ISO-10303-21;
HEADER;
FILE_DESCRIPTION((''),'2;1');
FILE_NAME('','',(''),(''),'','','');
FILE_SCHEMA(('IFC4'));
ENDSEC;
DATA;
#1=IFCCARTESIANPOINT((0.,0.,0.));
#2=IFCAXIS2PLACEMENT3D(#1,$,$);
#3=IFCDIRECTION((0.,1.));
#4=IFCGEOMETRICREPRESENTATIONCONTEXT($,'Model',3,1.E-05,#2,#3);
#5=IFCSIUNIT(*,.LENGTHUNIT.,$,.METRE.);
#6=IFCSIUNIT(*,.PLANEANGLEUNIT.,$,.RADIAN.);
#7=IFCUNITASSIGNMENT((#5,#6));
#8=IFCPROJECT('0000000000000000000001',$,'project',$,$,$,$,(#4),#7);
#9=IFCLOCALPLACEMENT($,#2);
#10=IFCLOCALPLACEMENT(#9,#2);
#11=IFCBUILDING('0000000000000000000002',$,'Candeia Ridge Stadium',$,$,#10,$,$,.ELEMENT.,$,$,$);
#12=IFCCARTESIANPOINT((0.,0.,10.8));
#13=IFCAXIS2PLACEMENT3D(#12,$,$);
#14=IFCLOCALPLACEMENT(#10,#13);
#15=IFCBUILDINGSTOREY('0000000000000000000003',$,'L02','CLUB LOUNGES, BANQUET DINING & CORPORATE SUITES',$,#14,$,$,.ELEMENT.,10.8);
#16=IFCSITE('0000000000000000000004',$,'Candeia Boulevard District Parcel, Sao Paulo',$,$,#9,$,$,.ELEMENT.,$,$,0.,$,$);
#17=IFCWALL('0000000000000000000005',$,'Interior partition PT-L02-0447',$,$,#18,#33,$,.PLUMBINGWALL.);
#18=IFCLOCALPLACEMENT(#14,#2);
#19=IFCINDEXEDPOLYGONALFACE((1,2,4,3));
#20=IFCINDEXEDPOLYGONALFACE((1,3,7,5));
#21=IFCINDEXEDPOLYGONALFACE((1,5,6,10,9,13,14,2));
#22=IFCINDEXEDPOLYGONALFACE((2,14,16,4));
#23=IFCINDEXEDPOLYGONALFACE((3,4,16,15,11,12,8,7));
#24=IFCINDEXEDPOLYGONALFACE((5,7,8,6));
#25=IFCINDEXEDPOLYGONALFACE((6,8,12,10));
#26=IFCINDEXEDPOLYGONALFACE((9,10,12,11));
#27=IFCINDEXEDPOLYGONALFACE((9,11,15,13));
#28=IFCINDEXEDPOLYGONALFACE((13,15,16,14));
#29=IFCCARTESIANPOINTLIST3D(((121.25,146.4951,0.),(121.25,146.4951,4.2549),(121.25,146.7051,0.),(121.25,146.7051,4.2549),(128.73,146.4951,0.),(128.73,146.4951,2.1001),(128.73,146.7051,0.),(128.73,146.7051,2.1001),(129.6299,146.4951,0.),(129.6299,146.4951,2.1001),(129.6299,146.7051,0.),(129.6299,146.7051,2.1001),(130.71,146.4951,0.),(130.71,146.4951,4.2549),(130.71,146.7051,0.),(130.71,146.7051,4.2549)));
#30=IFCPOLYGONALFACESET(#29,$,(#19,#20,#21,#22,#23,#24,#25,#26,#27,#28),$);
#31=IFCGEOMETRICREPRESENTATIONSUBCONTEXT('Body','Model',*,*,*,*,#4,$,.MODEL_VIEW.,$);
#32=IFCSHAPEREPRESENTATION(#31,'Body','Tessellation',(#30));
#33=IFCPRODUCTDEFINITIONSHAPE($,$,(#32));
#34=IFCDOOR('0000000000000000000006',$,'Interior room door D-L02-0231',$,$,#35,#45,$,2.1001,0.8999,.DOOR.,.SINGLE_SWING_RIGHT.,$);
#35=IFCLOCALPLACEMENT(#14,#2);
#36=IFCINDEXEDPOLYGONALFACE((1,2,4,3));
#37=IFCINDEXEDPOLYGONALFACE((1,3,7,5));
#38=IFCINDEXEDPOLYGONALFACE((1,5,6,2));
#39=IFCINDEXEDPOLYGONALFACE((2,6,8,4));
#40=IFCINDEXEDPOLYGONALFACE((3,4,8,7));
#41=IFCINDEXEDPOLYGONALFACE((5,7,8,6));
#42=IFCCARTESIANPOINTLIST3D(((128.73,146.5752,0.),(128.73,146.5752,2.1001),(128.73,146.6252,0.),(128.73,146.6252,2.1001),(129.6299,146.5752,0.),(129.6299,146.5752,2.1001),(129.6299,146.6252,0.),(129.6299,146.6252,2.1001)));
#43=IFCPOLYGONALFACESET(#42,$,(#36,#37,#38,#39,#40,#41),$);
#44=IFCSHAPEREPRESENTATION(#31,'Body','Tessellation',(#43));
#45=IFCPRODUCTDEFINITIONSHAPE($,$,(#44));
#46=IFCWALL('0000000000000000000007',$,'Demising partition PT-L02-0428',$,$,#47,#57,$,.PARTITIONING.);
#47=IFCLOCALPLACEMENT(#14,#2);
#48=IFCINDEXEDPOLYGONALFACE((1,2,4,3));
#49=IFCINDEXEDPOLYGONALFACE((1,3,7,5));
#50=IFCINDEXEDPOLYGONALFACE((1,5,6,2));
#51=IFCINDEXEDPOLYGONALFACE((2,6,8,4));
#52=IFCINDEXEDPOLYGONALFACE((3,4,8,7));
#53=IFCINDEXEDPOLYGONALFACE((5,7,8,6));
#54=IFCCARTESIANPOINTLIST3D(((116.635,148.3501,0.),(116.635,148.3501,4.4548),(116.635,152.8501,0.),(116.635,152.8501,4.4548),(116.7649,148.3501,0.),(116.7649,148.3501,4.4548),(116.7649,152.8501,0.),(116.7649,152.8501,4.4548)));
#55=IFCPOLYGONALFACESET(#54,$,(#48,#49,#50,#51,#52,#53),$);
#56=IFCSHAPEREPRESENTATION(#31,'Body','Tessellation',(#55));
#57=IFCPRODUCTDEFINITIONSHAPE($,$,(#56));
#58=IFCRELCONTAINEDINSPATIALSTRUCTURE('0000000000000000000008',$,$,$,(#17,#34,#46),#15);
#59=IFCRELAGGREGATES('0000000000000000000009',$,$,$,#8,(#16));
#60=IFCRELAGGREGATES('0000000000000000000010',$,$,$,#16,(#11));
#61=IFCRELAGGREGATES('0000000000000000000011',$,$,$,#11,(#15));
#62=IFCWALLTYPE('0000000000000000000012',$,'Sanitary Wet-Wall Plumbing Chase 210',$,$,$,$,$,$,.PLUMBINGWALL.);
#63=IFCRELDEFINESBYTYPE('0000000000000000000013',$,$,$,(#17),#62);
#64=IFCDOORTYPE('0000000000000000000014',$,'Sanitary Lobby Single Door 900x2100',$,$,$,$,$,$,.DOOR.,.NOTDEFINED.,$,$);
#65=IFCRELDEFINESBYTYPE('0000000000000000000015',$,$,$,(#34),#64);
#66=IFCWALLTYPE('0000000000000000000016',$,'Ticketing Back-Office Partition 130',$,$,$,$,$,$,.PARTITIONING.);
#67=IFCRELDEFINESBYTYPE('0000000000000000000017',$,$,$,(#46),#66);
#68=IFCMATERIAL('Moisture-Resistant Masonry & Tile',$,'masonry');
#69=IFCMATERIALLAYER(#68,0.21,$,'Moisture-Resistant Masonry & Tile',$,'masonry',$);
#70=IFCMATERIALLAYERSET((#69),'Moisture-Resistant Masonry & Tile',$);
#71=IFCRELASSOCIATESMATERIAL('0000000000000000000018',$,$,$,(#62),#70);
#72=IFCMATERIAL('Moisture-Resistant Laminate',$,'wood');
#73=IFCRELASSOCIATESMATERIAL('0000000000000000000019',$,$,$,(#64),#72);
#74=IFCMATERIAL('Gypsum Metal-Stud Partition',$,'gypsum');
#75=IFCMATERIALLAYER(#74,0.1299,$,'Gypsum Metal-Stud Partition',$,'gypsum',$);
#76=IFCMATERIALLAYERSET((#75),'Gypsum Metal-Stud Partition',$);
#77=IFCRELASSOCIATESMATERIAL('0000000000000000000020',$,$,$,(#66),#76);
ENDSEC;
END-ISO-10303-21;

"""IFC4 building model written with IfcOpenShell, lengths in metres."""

from ifc_helpers import new_model, si_unit, direction, frame, frame_2d, origin, place, context, subcontext, project, spatial, rectangle, extrude, material, layer, layer_set, type_object, element, fill, save


model = new_model("IFC4")

# Units and contexts
model_context = context("Model", 3, precision=1e-05, world=origin(), true_north=direction((0.0, 1.0)))
body_context = subcontext(model_context, "Body", "Model", "MODEL_VIEW")
ifc_project = project(units=[si_unit("LENGTHUNIT", "METRE"), si_unit("PLANEANGLEUNIT", "RADIAN")], contexts=[model_context])

# Site, building, storey
site_placement = place(None, origin())
site = spatial("IfcSite", under=ifc_project, at=site_placement, Name="Candeia Boulevard District Parcel, Sao Paulo", CompositionType="ELEMENT", RefElevation=0.0)
building_placement = place(site_placement, origin())
building = spatial("IfcBuilding", under=site, at=building_placement, Name="Candeia Ridge Stadium", CompositionType="ELEMENT")
storey_placement = place(building_placement, frame((0.0, 0.0, 10.8)))
storey = spatial("IfcBuildingStorey", under=building, at=storey_placement, Name="L02", Description="CLUB LOUNGES, BANQUET DINING & CORPORATE SUITES", CompositionType="ELEMENT", Elevation=10.8)

# Wall, opening, door
ifc_material_1 = material(Name="Moisture-Resistant Masonry & Tile", Category="masonry")
ifc_layer_1 = layer(ifc_material_1, 0.21, Name="Moisture-Resistant Masonry & Tile", Category="masonry")
ifc_layer_set_1 = layer_set([ifc_layer_1], Name="Moisture-Resistant Masonry & Tile")
wall_type_1 = type_object("IfcWallType", Name="Sanitary Wet-Wall Plumbing Chase 210", PredefinedType="PLUMBINGWALL", material=ifc_layer_set_1)
wall_1_placement = place(storey_placement, frame((121.25, 146.6001, 0.0), z_axis=(0.0, 0.0, 1.0), x_axis=(1.0, 0.0, 0.0)))
wall_1 = element("IfcWall", 1, at=wall_1_placement, inside=storey, type_object=wall_type_1, Name="Interior partition PT-L02-0447", PredefinedType="PLUMBINGWALL", context=body_context, shape_type="SweptSolid", body=[
    extrude(rectangle(XDim=9.46, YDim=0.21, at=frame_2d((4.73, 0.0))), origin(), (0.0, 0.0, 1.0), 4.2549),
])
opening_1_placement = place(wall_1_placement, frame((7.48, 0.0, 0.0)))
opening_1 = element("IfcOpeningElement", 2, at=opening_1_placement, cuts=wall_1, PredefinedType="OPENING", context=body_context, shape_type="SweptSolid", body=[
    extrude(rectangle(XDim=0.8999, YDim=2.1001, at=frame_2d((0.45, 1.05))), frame((0.0, 0.115, 0.0), z_axis=(0.0, -1.0, 0.0), x_axis=(1.0, 0.0, 0.0)), (0.0, 0.0, 1.0), 0.23),
])
ifc_material_2 = material(Name="Moisture-Resistant Laminate", Category="wood")
door_type_1 = type_object("IfcDoorType", Name="Sanitary Lobby Single Door 900x2100", OperationType="NOTDEFINED", PredefinedType="DOOR", material=ifc_material_2)
door_1_placement = place(opening_1_placement, frame((0.8999, 0.0, 0.0), z_axis=(0.0, 0.0, 1.0), x_axis=(-1.0, 0.0, 0.0)))
door_1 = element("IfcDoor", 3, at=door_1_placement, inside=storey, type_object=door_type_1, Name="Interior room door D-L02-0231", OperationType="SINGLE_SWING_RIGHT", OverallHeight=2.1001, OverallWidth=0.8999, PredefinedType="DOOR", context=body_context, shape_type="SweptSolid", body=[
    extrude(rectangle(XDim=0.8999, YDim=2.1001, at=frame_2d((0.45, 1.05))), frame((0.0, 0.0249, 0.0), z_axis=(0.0, -1.0, 0.0), x_axis=(1.0, 0.0, 0.0)), (0.0, 0.0, 1.0), 0.05),
])
fill(opening_1, door_1)

# Wall
ifc_material_3 = material(Name="Gypsum Metal-Stud Partition", Category="gypsum")
ifc_layer_2 = layer(ifc_material_3, 0.1299, Name="Gypsum Metal-Stud Partition", Category="gypsum")
ifc_layer_set_2 = layer_set([ifc_layer_2], Name="Gypsum Metal-Stud Partition")
wall_type_2 = type_object("IfcWallType", Name="Ticketing Back-Office Partition 130", PredefinedType="PARTITIONING", material=ifc_layer_set_2)
wall_2_placement = place(storey_placement, frame((116.7, 148.3501, 0.0), z_axis=(0.0, 0.0, 1.0), x_axis=(0.0, 1.0, 0.0)))
element("IfcWall", 4, at=wall_2_placement, inside=storey, type_object=wall_type_2, Name="Demising partition PT-L02-0428", PredefinedType="PARTITIONING", context=body_context, shape_type="SweptSolid", body=[
    extrude(rectangle(XDim=4.5, YDim=0.1299, at=frame_2d((2.25, 0.0))), origin(), (0.0, 0.0, 1.0), 4.4548),
])

save(model, "model.ifc")
